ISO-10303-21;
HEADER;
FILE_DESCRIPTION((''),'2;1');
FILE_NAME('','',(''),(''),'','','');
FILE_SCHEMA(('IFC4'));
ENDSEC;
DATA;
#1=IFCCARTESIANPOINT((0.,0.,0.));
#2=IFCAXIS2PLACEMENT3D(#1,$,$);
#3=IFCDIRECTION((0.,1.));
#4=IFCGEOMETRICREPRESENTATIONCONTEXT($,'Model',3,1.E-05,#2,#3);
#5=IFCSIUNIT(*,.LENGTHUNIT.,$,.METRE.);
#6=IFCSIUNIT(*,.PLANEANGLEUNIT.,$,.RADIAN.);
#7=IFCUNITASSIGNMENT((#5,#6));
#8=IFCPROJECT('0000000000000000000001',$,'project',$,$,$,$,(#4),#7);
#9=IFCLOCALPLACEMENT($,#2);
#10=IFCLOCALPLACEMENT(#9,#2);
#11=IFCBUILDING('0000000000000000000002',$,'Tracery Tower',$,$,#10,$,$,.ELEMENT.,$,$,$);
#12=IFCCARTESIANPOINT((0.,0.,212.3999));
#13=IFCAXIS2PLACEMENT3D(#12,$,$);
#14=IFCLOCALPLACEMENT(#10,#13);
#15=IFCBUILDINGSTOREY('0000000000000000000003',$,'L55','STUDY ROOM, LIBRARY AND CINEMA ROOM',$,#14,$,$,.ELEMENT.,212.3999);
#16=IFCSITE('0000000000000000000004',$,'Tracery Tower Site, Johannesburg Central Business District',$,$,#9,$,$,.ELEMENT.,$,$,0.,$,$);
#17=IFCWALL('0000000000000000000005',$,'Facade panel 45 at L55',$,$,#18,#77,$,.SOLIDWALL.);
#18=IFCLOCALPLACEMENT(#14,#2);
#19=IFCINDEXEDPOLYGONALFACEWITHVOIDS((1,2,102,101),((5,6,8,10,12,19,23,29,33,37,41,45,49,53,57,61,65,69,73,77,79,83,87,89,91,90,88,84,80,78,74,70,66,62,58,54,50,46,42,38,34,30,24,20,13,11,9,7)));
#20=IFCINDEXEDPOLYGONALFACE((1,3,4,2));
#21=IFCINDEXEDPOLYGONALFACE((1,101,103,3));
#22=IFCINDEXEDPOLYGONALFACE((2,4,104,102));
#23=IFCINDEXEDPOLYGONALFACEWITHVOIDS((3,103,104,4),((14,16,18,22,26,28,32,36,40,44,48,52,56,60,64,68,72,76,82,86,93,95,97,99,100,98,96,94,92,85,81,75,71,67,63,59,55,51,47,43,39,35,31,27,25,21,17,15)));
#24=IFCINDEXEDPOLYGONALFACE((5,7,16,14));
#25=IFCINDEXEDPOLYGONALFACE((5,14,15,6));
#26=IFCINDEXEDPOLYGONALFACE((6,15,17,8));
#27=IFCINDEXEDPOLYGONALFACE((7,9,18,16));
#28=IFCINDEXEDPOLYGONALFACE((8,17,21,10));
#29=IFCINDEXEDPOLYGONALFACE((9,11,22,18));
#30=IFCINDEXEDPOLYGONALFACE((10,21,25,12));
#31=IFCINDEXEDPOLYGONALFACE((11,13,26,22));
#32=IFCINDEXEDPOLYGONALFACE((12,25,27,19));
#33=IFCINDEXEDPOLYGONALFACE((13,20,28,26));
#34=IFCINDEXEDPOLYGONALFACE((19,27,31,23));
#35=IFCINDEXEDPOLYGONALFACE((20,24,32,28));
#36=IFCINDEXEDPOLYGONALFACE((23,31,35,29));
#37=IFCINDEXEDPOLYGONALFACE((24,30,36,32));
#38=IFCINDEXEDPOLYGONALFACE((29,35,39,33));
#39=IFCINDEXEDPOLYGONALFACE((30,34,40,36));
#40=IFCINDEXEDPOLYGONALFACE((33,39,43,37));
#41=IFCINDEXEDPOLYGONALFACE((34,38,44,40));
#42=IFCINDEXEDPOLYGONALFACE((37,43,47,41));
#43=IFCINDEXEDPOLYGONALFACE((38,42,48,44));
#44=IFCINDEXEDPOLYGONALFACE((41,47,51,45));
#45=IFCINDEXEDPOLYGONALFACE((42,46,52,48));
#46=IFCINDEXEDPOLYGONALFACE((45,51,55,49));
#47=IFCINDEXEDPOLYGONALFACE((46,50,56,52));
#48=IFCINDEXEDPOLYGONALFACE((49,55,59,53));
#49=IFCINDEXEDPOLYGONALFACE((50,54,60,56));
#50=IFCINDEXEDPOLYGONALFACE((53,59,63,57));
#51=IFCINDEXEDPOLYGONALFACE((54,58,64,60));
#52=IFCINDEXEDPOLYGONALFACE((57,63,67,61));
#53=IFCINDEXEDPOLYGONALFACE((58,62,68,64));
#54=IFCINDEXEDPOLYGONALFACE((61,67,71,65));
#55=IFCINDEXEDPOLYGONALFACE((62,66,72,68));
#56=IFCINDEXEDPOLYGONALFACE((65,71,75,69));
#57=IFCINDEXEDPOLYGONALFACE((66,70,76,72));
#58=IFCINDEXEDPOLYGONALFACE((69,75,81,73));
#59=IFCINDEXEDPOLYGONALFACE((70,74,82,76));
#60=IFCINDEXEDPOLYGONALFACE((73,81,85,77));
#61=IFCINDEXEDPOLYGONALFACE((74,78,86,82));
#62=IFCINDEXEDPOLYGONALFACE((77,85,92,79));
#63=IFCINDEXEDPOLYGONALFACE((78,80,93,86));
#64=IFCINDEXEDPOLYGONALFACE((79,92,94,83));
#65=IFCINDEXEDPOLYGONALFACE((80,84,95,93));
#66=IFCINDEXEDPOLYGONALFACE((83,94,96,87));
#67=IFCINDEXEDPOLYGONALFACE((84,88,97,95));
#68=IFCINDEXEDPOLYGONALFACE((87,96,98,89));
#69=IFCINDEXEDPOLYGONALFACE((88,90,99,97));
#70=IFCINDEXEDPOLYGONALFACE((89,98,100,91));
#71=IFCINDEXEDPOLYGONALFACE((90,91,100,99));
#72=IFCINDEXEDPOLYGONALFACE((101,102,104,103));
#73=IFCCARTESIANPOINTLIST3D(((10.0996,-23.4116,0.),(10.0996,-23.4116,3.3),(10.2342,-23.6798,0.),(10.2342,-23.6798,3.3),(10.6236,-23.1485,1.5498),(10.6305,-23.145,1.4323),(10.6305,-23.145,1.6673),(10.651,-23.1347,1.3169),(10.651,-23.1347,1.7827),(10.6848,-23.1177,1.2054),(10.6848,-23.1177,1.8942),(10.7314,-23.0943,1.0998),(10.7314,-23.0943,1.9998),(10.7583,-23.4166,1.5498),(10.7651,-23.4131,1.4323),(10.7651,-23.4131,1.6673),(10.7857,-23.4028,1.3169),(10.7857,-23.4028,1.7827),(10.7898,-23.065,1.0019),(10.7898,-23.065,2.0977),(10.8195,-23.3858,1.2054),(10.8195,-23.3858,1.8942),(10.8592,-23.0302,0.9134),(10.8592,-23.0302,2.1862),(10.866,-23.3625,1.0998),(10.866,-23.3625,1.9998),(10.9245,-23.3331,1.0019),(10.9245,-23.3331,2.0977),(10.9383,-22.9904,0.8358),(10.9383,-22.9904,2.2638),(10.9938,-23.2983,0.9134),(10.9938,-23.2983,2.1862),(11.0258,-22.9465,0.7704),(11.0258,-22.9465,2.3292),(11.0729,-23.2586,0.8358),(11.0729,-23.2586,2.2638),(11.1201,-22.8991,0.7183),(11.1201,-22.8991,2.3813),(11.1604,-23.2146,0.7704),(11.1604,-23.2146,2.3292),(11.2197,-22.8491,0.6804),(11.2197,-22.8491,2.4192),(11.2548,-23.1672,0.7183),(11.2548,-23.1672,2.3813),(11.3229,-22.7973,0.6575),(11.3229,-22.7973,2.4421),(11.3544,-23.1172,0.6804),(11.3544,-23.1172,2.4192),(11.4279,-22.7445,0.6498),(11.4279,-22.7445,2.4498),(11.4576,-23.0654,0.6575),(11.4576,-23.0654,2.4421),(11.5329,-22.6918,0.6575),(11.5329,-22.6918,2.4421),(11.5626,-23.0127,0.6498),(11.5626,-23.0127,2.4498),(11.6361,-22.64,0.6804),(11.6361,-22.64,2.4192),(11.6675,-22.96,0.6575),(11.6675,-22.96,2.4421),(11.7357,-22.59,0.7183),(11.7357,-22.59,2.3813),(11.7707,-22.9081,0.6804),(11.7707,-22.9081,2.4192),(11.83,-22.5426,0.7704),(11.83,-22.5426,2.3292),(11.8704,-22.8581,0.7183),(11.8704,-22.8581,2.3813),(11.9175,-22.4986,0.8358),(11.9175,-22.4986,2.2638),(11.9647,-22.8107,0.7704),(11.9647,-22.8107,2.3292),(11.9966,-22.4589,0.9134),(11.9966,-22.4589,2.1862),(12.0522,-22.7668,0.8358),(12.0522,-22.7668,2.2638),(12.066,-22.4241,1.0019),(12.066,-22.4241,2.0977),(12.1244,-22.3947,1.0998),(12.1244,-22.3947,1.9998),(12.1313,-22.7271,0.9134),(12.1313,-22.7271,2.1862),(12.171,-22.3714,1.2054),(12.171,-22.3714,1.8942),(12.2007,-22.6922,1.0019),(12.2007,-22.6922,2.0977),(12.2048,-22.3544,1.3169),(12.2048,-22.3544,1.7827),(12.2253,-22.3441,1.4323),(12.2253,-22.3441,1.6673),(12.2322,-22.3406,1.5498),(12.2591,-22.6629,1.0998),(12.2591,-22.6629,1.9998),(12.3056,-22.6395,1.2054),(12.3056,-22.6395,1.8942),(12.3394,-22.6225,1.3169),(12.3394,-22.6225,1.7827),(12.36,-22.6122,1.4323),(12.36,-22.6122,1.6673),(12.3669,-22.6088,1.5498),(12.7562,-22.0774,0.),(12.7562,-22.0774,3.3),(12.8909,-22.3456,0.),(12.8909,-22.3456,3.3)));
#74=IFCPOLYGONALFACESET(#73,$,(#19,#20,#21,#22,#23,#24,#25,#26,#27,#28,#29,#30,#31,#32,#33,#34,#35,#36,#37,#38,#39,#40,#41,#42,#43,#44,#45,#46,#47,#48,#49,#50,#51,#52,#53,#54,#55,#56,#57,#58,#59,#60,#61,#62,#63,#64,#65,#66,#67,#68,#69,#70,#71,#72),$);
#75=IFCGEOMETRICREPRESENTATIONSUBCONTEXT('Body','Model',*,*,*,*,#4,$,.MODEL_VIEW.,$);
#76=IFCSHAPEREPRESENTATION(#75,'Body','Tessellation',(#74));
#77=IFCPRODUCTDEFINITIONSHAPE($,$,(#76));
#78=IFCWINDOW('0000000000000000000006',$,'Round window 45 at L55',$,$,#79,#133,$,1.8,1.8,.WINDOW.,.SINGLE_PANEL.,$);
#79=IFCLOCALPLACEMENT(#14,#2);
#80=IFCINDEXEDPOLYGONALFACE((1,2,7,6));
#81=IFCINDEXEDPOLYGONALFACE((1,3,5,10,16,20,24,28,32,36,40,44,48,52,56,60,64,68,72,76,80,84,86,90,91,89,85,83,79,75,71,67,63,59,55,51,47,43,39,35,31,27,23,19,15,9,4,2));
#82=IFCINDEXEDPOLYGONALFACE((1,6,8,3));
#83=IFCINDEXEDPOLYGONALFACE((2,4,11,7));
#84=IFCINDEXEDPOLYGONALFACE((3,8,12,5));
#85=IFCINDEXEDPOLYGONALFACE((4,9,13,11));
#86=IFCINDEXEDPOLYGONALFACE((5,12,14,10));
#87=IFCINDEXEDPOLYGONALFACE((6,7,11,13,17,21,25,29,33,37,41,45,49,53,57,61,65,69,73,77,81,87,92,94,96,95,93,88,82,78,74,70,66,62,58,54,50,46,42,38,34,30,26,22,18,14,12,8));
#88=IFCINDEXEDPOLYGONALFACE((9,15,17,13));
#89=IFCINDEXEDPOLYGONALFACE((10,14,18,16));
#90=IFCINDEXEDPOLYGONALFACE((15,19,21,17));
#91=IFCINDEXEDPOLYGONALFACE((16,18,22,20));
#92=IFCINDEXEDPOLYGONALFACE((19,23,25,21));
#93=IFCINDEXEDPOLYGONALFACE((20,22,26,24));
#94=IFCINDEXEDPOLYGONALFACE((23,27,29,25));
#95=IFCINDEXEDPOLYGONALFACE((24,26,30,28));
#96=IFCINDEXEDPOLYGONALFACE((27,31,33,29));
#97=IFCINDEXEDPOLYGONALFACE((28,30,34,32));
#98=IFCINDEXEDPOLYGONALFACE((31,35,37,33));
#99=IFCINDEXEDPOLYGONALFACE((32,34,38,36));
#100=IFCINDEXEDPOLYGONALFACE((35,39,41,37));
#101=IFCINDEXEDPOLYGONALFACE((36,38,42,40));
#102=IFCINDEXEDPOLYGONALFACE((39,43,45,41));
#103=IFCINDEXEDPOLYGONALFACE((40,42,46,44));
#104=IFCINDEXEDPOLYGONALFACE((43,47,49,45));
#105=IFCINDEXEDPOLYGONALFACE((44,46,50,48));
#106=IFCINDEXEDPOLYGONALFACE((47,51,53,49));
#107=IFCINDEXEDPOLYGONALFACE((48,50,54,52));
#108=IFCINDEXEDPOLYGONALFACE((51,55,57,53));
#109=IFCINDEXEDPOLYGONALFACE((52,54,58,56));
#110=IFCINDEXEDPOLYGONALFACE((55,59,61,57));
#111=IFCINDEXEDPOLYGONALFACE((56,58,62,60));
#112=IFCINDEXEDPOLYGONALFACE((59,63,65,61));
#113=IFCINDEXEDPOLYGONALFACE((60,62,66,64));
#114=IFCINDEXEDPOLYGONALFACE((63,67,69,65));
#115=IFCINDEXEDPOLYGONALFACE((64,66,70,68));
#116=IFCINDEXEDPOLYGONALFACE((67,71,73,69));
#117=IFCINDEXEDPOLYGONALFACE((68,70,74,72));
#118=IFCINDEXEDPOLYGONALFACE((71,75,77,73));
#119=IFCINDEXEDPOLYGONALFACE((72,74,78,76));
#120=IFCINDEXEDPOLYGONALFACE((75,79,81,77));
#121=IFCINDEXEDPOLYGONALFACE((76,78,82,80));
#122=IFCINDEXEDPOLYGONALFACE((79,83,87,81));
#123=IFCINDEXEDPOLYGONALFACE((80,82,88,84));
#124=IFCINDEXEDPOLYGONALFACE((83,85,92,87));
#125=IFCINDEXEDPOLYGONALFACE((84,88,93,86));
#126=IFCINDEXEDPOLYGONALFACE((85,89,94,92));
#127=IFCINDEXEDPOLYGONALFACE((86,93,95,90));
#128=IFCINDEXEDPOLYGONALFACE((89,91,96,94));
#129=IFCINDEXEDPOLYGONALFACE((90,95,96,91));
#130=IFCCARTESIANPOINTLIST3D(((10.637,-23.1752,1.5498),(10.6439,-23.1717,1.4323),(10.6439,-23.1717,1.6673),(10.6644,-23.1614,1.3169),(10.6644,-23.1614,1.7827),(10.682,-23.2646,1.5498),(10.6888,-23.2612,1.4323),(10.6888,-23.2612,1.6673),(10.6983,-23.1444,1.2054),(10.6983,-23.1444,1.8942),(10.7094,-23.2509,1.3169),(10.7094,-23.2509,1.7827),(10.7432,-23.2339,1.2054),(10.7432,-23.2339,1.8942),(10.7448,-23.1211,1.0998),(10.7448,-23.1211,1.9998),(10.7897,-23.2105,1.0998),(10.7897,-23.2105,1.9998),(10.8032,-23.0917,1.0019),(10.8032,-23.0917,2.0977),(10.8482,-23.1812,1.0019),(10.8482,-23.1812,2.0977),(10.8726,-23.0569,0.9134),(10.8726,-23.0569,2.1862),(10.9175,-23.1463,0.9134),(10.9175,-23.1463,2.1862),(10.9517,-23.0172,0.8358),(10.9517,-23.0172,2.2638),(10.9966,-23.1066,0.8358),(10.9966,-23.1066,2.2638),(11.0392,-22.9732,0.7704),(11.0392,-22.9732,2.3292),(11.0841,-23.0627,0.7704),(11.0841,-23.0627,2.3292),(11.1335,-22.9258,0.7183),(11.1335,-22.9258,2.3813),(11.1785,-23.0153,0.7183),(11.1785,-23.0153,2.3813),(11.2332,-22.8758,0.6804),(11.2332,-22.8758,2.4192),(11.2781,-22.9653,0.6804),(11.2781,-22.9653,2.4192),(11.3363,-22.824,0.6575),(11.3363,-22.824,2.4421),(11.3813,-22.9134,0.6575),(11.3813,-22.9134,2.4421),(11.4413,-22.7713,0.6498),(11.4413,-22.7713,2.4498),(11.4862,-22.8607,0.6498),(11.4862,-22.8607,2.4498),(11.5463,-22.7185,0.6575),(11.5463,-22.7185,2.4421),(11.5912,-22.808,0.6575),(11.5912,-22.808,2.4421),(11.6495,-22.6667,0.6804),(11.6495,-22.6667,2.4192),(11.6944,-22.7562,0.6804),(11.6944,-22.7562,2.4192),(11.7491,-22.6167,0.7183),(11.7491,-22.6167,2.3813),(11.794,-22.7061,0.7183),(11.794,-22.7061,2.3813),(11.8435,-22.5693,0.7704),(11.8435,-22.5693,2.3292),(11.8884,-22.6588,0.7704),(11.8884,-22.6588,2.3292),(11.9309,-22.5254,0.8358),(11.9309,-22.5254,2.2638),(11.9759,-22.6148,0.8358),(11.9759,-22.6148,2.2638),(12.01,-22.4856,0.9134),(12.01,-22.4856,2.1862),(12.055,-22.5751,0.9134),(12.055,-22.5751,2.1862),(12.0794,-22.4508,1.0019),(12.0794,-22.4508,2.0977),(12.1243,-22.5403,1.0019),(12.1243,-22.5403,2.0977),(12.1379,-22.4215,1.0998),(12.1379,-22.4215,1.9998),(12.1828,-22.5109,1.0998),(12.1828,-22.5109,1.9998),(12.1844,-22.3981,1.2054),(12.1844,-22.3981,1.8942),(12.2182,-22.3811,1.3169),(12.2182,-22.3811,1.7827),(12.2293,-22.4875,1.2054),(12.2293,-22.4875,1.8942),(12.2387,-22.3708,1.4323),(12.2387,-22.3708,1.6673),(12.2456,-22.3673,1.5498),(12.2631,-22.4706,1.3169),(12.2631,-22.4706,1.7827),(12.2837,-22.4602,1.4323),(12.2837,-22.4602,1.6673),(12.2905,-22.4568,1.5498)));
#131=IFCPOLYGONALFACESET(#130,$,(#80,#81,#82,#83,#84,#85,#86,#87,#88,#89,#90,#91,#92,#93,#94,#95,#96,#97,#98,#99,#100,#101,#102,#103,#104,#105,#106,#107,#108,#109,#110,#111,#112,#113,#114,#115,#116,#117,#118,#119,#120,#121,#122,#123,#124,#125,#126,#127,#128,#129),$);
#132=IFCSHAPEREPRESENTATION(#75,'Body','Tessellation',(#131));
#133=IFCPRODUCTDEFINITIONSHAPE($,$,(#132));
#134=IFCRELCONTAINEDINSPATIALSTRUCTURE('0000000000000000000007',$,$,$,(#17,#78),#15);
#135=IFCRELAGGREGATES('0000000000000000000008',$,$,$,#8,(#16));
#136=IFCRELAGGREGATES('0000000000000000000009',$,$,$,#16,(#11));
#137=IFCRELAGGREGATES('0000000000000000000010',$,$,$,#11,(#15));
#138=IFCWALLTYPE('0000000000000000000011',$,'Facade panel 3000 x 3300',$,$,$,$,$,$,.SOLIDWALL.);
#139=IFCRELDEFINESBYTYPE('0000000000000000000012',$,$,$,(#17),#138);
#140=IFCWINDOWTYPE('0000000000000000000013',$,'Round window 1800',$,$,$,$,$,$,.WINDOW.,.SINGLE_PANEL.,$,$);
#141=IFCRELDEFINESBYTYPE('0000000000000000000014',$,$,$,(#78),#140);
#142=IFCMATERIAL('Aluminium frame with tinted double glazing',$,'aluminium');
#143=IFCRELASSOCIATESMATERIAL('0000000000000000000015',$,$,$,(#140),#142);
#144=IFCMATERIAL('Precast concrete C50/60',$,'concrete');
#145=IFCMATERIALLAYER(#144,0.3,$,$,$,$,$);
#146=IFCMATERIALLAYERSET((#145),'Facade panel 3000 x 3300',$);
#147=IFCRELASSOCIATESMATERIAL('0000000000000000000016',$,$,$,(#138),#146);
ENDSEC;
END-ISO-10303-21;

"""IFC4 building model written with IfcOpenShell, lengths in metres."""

from ifc_helpers import new_model, si_unit, direction, frame, frame_2d, origin, origin_2d, place, context, subcontext, project, spatial, rectangle, circle, extrude, material, layer, layer_set, type_object, element, fill, save


model = new_model("IFC4")

# Units and contexts
model_context = context("Model", 3, precision=1e-05, world=origin(), true_north=direction((0.0, 1.0)))
body_context = subcontext(model_context, "Body", "Model", "MODEL_VIEW")
ifc_project = project(units=[si_unit("LENGTHUNIT", "METRE"), si_unit("PLANEANGLEUNIT", "RADIAN")], contexts=[model_context])

# Site, building, storey
site_placement = place(None, origin())
site = spatial("IfcSite", under=ifc_project, at=site_placement, Name="Tracery Tower Site, Johannesburg Central Business District", CompositionType="ELEMENT", RefElevation=0.0)
building_placement = place(site_placement, origin())
building = spatial("IfcBuilding", under=site, at=building_placement, Name="Tracery Tower", CompositionType="ELEMENT")
storey_placement = place(building_placement, frame((0.0, 0.0, 212.3999)))
storey = spatial("IfcBuildingStorey", under=building, at=storey_placement, Name="L55", Description="STUDY ROOM, LIBRARY AND CINEMA ROOM", CompositionType="ELEMENT", Elevation=212.3999)

# Wall, opening, window
ifc_material_1 = material(Name="Aluminium frame with tinted double glazing", Category="aluminium")
window_type = type_object("IfcWindowType", Name="Round window 1800", PartitioningType="SINGLE_PANEL", PredefinedType="WINDOW", material=ifc_material_1)
ifc_material_2 = material(Name="Precast concrete C50/60", Category="concrete")
ifc_layer_1 = layer(ifc_material_2, 0.3)
ifc_layer_set_1 = layer_set([ifc_layer_1], Name="Facade panel 3000 x 3300")
wall_type_1 = type_object("IfcWallType", Name="Facade panel 3000 x 3300", PredefinedType="SOLIDWALL", material=ifc_layer_set_1)
wall_1_placement = place(storey_placement, frame((10.167, -23.5457, 0.0), z_axis=(0.0, 0.0, 1.0), x_axis=(0.893637, 0.44879, 0.0)))
wall_1 = element("IfcWall", 1, at=wall_1_placement, inside=storey, type_object=wall_type_1, Name="Facade panel 45 at L55", PredefinedType="SOLIDWALL", context=body_context, shape_type="SweptSolid", body=[
    extrude(rectangle(XDim=2.9729, YDim=0.3, at=frame_2d((1.4863, 0.0))), origin(), (0.0, 0.0, 1.0), 3.3),
])
opening_1_placement = place(wall_1_placement, frame((1.4863, 0.0, 1.5498)))
opening_1 = element("IfcOpeningElement", 2, at=opening_1_placement, cuts=wall_1, PredefinedType="OPENING", context=body_context, shape_type="SweptSolid", body=[
    extrude(circle(Radius=0.9, at=origin_2d()), frame((0.0, 0.1599, 0.0), z_axis=(0.0, -1.0, 0.0), x_axis=(1.0, 0.0, 0.0)), (0.0, 0.0, 1.0), 0.3201),
])
window_1_placement = place(opening_1_placement, origin())
window_1 = element("IfcWindow", 3, at=window_1_placement, inside=storey, type_object=window_type, Name="Round window 45 at L55", OverallHeight=1.8, OverallWidth=1.8, PartitioningType="SINGLE_PANEL", PredefinedType="WINDOW", context=body_context, shape_type="SweptSolid", body=[
    extrude(circle(Radius=0.9, at=origin_2d()), frame((0.0, 0.1201, 0.0), z_axis=(0.0, -1.0, 0.0), x_axis=(1.0, 0.0, 0.0)), (0.0, 0.0, 1.0), 0.1001),
])
fill(opening_1, window_1)

save(model, "model.ifc")
